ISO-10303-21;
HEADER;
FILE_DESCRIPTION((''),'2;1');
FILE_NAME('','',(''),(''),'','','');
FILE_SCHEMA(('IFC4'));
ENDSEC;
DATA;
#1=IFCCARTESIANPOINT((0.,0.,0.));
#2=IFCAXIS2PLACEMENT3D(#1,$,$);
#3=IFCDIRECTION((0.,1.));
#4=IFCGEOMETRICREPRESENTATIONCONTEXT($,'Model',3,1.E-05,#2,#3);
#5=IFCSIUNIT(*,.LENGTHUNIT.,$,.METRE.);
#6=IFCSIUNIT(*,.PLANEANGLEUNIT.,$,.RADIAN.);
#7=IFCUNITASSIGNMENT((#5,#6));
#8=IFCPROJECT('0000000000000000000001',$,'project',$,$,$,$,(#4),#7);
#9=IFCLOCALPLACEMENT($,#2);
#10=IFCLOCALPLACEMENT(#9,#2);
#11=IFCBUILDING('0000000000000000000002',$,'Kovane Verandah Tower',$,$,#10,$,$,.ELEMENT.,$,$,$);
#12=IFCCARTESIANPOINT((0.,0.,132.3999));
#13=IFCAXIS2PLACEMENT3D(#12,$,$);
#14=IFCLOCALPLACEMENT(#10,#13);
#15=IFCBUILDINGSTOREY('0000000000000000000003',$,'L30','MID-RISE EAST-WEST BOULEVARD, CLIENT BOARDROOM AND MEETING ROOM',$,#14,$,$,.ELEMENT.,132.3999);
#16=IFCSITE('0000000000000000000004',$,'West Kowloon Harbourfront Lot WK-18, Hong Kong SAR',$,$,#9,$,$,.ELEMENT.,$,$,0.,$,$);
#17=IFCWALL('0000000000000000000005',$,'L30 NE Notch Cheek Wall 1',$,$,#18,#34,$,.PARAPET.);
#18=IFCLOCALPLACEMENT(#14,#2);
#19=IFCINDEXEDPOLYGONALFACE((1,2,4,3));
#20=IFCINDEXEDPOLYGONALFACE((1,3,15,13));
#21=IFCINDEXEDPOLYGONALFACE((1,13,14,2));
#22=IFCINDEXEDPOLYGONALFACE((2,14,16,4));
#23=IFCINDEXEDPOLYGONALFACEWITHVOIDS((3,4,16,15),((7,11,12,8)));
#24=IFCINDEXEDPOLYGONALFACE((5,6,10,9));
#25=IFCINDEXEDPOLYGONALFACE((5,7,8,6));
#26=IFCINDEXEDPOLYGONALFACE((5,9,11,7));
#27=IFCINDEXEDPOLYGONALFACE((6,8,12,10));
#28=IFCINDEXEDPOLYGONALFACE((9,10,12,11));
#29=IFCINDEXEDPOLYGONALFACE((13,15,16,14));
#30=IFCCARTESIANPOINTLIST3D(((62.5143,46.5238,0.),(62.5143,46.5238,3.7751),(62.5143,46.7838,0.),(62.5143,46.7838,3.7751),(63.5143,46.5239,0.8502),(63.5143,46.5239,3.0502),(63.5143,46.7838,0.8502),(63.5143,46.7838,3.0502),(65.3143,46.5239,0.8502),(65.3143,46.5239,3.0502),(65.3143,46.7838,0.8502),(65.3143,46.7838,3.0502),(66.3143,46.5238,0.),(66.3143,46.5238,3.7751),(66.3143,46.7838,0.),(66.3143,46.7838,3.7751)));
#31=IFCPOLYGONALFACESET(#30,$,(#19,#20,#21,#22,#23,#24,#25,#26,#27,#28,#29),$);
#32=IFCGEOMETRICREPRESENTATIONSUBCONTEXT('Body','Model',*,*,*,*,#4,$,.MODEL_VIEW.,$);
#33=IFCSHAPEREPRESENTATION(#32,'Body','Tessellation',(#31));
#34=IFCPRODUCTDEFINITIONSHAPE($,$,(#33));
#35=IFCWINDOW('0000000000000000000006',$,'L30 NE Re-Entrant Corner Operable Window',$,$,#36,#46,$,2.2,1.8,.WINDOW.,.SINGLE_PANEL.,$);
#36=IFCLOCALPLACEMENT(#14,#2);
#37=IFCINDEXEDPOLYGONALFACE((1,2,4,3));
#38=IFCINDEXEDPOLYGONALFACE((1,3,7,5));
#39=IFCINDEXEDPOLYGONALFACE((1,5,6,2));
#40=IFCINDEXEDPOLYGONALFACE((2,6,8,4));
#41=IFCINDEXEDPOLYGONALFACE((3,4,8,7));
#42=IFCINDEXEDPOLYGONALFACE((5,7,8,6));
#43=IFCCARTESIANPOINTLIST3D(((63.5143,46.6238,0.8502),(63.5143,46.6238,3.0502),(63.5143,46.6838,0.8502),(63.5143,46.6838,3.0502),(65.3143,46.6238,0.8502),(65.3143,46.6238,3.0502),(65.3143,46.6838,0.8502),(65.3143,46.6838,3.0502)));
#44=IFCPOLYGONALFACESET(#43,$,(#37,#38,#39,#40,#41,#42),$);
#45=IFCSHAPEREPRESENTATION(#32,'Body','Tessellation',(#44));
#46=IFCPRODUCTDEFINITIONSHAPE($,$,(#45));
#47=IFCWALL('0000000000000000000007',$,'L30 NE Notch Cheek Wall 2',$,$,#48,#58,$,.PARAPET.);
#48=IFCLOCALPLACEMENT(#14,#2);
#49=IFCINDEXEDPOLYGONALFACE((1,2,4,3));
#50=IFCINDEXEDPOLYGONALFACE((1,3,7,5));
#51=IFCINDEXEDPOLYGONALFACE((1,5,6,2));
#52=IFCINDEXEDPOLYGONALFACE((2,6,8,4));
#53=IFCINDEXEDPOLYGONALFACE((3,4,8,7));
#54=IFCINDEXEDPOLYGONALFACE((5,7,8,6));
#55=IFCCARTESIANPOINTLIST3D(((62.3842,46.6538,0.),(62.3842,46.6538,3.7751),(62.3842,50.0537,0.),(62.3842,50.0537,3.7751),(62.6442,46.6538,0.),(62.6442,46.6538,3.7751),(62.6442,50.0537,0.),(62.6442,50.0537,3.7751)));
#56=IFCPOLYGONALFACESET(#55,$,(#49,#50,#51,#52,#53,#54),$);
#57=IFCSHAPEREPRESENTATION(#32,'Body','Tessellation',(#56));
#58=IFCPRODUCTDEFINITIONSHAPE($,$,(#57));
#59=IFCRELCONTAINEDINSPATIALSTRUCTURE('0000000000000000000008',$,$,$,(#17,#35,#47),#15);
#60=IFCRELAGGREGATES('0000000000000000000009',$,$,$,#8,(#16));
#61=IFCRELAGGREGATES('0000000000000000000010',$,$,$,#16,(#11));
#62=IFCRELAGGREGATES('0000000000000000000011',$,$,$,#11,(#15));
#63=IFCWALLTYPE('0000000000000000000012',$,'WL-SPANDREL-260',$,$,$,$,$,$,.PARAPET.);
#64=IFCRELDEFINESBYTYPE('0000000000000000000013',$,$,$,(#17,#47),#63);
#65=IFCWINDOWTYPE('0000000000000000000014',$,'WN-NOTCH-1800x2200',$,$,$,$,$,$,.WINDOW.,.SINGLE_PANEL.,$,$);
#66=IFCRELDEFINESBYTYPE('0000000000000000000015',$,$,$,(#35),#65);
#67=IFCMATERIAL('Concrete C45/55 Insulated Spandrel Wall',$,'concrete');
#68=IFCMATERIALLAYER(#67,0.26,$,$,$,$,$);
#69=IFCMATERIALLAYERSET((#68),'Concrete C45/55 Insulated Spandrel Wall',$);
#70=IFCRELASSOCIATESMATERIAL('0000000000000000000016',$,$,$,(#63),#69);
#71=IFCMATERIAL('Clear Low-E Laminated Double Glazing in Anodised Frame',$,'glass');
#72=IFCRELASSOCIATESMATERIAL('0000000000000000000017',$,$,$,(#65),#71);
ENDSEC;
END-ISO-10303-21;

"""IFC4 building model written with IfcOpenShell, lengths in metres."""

from ifc_helpers import new_model, si_unit, direction, frame, frame_2d, origin, place, context, subcontext, project, spatial, rectangle, extrude, material, layer, layer_set, type_object, element, fill, save


model = new_model("IFC4")

# Units and contexts
model_context = context("Model", 3, precision=1e-05, world=origin(), true_north=direction((0.0, 1.0)))
body_context = subcontext(model_context, "Body", "Model", "MODEL_VIEW")
ifc_project = project(units=[si_unit("LENGTHUNIT", "METRE"), si_unit("PLANEANGLEUNIT", "RADIAN")], contexts=[model_context])

# Site, building, storey
site_placement = place(None, origin())
site = spatial("IfcSite", under=ifc_project, at=site_placement, Name="West Kowloon Harbourfront Lot WK-18, Hong Kong SAR", CompositionType="ELEMENT", RefElevation=0.0)
building_placement = place(site_placement, origin())
building = spatial("IfcBuilding", under=site, at=building_placement, Name="Kovane Verandah Tower", CompositionType="ELEMENT")
storey_placement = place(building_placement, frame((0.0, 0.0, 132.3999)))
storey = spatial("IfcBuildingStorey", under=building, at=storey_placement, Name="L30", Description="MID-RISE EAST-WEST BOULEVARD, CLIENT BOARDROOM AND MEETING ROOM", CompositionType="ELEMENT", Elevation=132.3999)

# Shared definitions
ifc_material_1 = material(Name="Concrete C45/55 Insulated Spandrel Wall", Category="concrete")
ifc_layer_1 = layer(ifc_material_1, 0.26)
ifc_layer_set_1 = layer_set([ifc_layer_1], Name="Concrete C45/55 Insulated Spandrel Wall")
wall_type_1 = type_object("IfcWallType", Name="WL-SPANDREL-260", PredefinedType="PARAPET", material=ifc_layer_set_1)
ifc_material_2 = material(Name="Clear Low-E Laminated Double Glazing in Anodised Frame", Category="glass")

# Wall, opening, window
wall_1_placement = place(storey_placement, frame((66.3142, 46.6538, 0.0), z_axis=(0.0, 0.0, 1.0), x_axis=(-1.0, 0.0, 0.0)))
wall_1 = element("IfcWall", 1, at=wall_1_placement, inside=storey, type_object=wall_type_1, Name="L30 NE Notch Cheek Wall 1", PredefinedType="PARAPET", context=body_context, shape_type="SweptSolid", body=[
    extrude(rectangle(XDim=3.8, YDim=0.26, at=frame_2d((1.8999, 0.0))), origin(), (0.0, 0.0, 1.0), 3.7751),
])
opening_1_placement = place(wall_1_placement, frame((1.0, 0.0, 0.8501)))
opening_1 = element("IfcOpeningElement", 2, at=opening_1_placement, cuts=wall_1, PredefinedType="OPENING", context=body_context, shape_type="SweptSolid", body=[
    extrude(rectangle(XDim=1.8, YDim=2.2, at=frame_2d((0.8999, 1.1001))), frame((0.0, 0.1299, 0.0), z_axis=(0.0, -1.0, 0.0), x_axis=(1.0, 0.0, 0.0)), (0.0, 0.0, 1.0), 0.26),
])
window_type_1 = type_object("IfcWindowType", Name="WN-NOTCH-1800x2200", PartitioningType="SINGLE_PANEL", PredefinedType="WINDOW", material=ifc_material_2)
window_1_placement = place(opening_1_placement, origin())
window_1 = element("IfcWindow", 3, at=window_1_placement, inside=storey, type_object=window_type_1, Name="L30 NE Re-Entrant Corner Operable Window", OverallHeight=2.2, OverallWidth=1.8, PartitioningType="SINGLE_PANEL", PredefinedType="WINDOW", context=body_context, shape_type="SweptSolid", body=[
    extrude(rectangle(XDim=1.8, YDim=2.2, at=frame_2d((0.8999, 1.1001))), frame((0.0, 0.03, 0.0), z_axis=(0.0, -1.0, 0.0), x_axis=(1.0, 0.0, 0.0)), (0.0, 0.0, 1.0), 0.0601),
])
fill(opening_1, window_1)

# Wall
wall_2_placement = place(storey_placement, frame((62.5142, 46.6538, 0.0), z_axis=(0.0, 0.0, 1.0), x_axis=(0.0, 1.0, 0.0)))
element("IfcWall", 4, at=wall_2_placement, inside=storey, type_object=wall_type_1, Name="L30 NE Notch Cheek Wall 2", PredefinedType="PARAPET", context=body_context, shape_type="SweptSolid", body=[
    extrude(rectangle(XDim=3.3999, YDim=0.26, at=frame_2d((1.7, 0.0))), origin(), (0.0, 0.0, 1.0), 3.7751),
])

save(model, "model.ifc")
